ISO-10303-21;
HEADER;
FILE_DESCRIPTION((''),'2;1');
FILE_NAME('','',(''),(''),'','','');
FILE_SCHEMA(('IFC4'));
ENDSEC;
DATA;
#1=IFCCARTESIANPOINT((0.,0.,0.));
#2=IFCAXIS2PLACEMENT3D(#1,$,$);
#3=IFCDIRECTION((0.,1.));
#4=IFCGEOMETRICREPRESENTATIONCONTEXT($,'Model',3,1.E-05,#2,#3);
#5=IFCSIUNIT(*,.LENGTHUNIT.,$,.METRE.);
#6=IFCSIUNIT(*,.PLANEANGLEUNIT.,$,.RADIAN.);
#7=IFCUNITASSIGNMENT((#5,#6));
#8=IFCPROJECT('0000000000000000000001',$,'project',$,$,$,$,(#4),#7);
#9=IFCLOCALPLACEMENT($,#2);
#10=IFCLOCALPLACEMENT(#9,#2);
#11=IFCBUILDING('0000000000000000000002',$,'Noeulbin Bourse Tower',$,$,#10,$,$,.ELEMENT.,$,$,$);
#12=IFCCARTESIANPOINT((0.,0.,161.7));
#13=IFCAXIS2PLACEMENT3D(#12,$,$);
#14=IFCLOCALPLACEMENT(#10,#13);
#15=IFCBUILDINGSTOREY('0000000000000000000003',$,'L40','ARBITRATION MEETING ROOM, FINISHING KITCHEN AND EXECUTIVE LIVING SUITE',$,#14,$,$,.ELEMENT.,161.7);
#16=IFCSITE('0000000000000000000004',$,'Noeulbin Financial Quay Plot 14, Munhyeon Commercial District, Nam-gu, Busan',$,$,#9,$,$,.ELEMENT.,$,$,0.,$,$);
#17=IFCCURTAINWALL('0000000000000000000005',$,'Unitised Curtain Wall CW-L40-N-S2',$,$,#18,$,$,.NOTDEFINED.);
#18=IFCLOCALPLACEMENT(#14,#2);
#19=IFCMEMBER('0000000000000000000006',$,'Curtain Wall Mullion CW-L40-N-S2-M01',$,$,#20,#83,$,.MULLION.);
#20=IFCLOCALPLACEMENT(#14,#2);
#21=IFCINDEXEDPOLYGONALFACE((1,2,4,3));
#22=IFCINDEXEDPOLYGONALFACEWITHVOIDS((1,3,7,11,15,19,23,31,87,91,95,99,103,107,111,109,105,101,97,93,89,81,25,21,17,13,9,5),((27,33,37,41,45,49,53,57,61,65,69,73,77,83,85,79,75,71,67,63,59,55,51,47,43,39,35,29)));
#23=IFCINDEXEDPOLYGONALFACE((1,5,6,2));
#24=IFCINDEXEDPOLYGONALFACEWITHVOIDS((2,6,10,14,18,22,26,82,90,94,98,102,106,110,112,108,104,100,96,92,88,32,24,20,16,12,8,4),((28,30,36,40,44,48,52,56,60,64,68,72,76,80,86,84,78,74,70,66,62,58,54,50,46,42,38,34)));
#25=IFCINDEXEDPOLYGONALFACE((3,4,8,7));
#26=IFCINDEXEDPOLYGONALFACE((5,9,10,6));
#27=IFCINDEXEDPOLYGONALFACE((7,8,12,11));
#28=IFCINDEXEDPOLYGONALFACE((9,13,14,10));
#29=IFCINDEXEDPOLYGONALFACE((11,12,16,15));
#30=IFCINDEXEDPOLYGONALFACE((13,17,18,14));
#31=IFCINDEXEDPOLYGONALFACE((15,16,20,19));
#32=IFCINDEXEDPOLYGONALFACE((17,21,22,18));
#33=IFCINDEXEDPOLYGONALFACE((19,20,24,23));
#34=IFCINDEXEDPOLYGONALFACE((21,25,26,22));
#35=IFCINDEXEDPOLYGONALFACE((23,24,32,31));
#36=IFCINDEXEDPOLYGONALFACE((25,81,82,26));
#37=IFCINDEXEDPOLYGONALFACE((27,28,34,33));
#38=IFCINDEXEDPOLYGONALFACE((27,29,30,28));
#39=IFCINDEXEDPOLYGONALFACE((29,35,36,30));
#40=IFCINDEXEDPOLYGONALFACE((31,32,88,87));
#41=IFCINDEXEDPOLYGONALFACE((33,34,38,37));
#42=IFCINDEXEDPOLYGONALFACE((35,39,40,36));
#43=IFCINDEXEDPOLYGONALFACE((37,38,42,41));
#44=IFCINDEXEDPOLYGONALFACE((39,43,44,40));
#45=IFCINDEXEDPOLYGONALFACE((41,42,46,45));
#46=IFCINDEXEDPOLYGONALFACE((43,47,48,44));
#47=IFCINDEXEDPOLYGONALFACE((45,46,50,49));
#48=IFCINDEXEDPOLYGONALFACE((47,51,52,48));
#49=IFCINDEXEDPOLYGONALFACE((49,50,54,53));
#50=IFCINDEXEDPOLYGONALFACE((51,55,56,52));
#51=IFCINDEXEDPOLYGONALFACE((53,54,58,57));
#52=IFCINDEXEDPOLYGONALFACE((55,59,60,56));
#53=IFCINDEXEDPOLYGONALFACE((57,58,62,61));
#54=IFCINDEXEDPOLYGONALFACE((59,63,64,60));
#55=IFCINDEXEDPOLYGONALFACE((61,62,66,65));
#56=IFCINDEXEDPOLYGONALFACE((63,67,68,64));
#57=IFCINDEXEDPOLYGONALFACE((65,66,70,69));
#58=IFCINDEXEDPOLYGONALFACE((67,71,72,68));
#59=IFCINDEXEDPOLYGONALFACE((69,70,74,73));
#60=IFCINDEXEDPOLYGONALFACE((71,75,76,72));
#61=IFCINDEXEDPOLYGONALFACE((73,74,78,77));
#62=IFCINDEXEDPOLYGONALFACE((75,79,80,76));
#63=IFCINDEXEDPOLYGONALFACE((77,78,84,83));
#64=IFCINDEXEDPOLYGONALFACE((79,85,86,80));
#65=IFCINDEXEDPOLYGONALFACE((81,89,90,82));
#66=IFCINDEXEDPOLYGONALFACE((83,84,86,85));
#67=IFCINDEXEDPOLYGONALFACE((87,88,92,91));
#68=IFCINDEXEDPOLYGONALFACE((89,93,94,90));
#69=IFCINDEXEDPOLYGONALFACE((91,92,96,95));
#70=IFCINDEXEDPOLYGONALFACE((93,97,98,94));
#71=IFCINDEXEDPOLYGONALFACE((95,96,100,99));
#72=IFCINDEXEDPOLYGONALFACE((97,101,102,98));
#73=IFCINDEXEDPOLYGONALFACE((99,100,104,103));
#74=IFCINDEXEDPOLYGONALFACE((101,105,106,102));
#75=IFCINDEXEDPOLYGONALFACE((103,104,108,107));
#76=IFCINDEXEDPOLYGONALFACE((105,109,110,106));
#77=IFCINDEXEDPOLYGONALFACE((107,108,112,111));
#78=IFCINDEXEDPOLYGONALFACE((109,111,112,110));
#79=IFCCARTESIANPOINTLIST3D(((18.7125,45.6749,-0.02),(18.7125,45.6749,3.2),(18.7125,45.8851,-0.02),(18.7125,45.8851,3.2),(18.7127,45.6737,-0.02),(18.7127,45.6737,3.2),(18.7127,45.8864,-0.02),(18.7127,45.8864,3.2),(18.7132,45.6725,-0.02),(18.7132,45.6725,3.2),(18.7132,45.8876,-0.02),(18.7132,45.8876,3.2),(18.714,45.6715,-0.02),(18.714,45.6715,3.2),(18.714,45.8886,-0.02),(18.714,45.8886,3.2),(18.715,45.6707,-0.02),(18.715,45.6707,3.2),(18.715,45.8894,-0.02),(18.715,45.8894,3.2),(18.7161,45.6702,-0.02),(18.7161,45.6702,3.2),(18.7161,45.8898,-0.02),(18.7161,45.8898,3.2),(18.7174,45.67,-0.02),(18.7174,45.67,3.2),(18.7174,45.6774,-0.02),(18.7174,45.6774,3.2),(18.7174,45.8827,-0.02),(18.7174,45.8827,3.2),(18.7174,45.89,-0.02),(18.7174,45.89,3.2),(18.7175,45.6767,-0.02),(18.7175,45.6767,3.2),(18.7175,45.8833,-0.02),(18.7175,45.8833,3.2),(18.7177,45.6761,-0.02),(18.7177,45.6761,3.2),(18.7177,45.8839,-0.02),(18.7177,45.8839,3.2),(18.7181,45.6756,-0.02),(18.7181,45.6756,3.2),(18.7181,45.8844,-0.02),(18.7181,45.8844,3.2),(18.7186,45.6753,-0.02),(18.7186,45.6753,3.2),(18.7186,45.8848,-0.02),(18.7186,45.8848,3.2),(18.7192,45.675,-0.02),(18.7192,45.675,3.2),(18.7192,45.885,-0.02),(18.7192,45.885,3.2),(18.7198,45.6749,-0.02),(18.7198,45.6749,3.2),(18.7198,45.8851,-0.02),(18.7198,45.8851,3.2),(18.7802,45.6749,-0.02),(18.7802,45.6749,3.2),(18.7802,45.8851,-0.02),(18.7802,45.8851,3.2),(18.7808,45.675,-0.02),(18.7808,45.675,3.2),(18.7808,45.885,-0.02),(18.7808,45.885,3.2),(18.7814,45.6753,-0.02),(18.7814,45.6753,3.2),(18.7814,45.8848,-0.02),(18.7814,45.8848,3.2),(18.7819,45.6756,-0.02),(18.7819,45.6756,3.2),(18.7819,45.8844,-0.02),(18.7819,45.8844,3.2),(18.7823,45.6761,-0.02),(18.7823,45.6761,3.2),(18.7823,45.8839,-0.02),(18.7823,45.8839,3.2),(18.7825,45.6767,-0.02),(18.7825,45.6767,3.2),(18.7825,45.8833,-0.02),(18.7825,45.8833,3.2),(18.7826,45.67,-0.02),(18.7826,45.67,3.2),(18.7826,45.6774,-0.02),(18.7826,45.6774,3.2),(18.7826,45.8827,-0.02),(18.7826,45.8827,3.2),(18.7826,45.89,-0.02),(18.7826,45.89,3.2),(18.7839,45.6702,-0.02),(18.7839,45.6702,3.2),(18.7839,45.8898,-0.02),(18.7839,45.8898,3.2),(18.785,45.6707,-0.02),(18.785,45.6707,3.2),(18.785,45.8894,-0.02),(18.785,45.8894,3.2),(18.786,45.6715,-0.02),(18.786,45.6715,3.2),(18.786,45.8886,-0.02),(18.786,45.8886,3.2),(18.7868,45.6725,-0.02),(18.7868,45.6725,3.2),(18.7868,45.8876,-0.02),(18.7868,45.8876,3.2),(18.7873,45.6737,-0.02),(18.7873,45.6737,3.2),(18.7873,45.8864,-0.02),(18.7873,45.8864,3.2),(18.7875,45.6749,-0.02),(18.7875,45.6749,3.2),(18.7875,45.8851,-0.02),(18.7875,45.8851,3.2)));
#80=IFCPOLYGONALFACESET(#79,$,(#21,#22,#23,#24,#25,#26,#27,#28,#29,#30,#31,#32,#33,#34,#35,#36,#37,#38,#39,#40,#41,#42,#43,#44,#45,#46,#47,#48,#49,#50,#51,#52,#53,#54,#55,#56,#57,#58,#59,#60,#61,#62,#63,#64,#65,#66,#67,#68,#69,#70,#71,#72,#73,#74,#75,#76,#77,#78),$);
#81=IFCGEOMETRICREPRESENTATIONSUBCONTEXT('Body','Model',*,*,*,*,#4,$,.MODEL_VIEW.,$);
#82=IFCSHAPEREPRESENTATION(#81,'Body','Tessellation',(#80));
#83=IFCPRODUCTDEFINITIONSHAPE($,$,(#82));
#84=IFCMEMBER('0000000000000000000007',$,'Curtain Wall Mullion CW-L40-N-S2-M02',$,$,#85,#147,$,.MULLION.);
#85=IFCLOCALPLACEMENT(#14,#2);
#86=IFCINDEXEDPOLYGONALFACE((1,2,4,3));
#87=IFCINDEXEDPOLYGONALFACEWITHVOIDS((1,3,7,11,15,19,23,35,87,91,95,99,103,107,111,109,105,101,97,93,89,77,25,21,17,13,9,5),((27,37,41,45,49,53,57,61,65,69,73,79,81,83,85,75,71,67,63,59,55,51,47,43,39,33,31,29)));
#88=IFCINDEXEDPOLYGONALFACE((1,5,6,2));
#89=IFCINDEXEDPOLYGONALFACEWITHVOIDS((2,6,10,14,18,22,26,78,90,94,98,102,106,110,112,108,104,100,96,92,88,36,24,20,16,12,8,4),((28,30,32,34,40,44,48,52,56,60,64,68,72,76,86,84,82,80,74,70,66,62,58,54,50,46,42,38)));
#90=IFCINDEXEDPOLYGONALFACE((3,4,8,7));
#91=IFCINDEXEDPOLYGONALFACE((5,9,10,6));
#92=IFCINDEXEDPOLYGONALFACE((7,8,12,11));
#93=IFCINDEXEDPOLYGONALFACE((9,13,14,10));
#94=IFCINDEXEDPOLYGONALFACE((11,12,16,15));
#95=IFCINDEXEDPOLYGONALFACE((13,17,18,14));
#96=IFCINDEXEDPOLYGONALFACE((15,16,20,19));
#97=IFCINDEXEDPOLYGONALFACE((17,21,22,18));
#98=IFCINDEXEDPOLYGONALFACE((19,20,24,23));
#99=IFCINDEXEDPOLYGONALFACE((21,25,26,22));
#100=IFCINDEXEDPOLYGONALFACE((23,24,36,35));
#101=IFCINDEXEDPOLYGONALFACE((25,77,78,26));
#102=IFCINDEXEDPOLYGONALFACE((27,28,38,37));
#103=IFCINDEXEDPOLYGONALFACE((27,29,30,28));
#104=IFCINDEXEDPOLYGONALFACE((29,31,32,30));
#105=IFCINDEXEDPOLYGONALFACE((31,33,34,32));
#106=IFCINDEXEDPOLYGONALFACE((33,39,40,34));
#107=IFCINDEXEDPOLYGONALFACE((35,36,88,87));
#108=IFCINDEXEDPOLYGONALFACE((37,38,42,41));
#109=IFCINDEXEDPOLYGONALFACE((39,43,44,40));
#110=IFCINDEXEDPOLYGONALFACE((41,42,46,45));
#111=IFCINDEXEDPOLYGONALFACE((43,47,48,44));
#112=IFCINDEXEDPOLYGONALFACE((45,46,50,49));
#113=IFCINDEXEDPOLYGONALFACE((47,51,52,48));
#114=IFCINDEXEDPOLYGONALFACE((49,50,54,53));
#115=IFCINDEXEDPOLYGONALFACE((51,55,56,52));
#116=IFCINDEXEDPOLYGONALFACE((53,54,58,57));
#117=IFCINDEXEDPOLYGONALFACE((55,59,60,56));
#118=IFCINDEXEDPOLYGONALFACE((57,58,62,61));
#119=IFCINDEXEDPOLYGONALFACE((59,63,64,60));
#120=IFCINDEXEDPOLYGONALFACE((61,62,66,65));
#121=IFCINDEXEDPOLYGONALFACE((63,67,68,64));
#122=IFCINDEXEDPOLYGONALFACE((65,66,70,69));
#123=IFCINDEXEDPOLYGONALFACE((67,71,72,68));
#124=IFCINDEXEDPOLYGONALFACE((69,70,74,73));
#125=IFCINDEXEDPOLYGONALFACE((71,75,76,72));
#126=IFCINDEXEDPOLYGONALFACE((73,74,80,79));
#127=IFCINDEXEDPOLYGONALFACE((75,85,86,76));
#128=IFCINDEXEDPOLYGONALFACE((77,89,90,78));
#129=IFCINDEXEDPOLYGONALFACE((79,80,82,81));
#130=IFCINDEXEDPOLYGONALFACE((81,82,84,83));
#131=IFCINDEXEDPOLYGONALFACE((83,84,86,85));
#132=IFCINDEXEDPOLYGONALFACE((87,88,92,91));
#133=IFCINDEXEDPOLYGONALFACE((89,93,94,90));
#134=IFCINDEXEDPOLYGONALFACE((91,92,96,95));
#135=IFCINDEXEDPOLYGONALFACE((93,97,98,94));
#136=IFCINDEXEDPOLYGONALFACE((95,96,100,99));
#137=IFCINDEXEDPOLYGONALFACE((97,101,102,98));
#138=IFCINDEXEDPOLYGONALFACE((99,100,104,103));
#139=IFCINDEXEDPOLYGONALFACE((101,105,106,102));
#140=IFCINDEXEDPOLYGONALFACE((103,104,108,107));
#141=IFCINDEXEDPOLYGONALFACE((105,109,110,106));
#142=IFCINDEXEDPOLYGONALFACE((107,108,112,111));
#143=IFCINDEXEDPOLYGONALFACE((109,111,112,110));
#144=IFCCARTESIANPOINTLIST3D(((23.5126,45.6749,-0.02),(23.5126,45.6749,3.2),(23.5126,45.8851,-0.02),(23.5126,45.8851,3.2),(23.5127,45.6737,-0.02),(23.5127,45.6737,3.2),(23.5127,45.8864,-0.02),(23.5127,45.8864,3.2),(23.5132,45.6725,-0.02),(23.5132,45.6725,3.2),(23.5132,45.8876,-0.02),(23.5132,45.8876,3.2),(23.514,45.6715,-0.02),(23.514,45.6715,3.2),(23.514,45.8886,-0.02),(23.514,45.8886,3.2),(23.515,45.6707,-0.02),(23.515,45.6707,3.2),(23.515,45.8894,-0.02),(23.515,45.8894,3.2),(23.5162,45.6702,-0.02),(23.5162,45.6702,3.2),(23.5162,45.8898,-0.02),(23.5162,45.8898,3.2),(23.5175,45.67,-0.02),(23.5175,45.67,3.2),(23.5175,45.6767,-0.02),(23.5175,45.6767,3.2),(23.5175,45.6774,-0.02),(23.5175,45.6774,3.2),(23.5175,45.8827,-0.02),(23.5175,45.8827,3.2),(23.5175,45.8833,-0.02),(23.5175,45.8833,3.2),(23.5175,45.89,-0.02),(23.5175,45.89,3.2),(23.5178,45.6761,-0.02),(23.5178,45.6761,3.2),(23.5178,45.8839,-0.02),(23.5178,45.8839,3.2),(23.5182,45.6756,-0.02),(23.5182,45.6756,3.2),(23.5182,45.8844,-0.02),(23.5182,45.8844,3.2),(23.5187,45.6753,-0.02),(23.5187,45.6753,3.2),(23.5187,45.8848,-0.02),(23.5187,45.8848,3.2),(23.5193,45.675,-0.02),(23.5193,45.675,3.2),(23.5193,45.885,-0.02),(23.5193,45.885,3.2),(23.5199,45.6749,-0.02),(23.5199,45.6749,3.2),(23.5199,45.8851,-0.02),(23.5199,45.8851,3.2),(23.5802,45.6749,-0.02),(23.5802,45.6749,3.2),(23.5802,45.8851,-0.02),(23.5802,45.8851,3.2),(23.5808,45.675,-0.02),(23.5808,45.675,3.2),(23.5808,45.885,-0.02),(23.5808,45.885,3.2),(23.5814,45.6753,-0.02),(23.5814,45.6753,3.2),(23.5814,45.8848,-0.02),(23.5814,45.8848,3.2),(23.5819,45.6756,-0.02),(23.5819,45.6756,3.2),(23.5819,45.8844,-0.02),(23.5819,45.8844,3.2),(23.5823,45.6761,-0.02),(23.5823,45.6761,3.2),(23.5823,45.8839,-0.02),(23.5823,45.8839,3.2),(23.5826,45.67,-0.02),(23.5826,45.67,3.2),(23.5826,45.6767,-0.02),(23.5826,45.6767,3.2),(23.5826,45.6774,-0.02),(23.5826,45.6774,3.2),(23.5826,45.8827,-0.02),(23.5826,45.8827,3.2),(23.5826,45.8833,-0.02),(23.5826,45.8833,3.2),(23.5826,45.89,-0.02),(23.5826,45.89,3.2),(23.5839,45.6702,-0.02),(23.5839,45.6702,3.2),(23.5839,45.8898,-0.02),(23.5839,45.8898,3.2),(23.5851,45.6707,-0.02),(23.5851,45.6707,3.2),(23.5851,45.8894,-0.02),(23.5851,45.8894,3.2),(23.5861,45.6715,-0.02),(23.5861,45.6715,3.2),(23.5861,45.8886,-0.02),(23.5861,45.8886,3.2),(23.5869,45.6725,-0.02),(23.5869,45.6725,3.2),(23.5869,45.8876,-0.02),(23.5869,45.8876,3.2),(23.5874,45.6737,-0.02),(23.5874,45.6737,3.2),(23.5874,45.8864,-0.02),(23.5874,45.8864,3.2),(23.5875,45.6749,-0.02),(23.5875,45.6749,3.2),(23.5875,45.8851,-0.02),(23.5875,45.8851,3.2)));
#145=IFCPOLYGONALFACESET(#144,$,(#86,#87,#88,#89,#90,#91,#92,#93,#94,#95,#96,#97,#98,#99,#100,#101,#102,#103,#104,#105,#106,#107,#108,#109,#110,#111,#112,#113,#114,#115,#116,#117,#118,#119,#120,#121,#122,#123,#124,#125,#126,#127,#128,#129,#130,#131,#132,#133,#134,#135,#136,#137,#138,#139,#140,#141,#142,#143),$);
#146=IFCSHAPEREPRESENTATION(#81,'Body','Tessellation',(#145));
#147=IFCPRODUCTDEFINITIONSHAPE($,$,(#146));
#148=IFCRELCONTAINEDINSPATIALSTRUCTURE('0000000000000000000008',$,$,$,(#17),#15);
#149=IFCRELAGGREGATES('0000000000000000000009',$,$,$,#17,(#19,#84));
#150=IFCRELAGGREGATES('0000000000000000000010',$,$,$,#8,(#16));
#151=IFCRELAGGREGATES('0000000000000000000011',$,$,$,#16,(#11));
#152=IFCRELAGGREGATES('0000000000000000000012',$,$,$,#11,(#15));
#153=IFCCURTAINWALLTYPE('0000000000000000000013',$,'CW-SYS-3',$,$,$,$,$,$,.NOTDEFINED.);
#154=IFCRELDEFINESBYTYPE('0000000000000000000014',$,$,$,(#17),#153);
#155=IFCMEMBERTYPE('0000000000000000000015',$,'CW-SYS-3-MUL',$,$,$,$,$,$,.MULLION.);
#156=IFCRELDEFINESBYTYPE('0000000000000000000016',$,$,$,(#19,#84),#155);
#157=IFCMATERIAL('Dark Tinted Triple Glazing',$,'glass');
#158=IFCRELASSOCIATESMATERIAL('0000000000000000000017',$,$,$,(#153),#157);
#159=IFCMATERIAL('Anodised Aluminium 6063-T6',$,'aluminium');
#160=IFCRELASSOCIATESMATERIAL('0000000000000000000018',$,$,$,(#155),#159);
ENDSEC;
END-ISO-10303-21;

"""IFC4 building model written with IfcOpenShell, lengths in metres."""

from ifc_helpers import new_model, si_unit, direction, frame, origin, origin_2d, place, context, subcontext, project, spatial, hollow_rectangle, extrude, material, material_profile, profile_set, type_object, element, aggregate, save


model = new_model("IFC4")

# Units and contexts
model_context = context("Model", 3, precision=1e-05, world=origin(), true_north=direction((0.0, 1.0)))
body_context = subcontext(model_context, "Body", "Model", "MODEL_VIEW")
ifc_project = project(units=[si_unit("LENGTHUNIT", "METRE"), si_unit("PLANEANGLEUNIT", "RADIAN")], contexts=[model_context])

# Site, building, storey
site_placement = place(None, origin())
site = spatial("IfcSite", under=ifc_project, at=site_placement, Name="Noeulbin Financial Quay Plot 14, Munhyeon Commercial District, Nam-gu, Busan", CompositionType="ELEMENT", RefElevation=0.0)
building_placement = place(site_placement, origin())
building = spatial("IfcBuilding", under=site, at=building_placement, Name="Noeulbin Bourse Tower", CompositionType="ELEMENT")
storey_placement = place(building_placement, frame((0.0, 0.0, 161.7)))
storey = spatial("IfcBuildingStorey", under=building, at=storey_placement, Name="L40", Description="ARBITRATION MEETING ROOM, FINISHING KITCHEN AND EXECUTIVE LIVING SUITE", CompositionType="ELEMENT", Elevation=161.7)

# Curtain wall, members
ifc_material_1 = material(Name="Dark Tinted Triple Glazing", Category="glass")
curtain_wall_type = type_object("IfcCurtainWallType", Name="CW-SYS-3", PredefinedType="NOTDEFINED", material=ifc_material_1)
curtain_wall_1_placement = place(storey_placement, origin())
curtain_wall_1 = element("IfcCurtainWall", 1, at=curtain_wall_1_placement, inside=storey, type_object=curtain_wall_type, Name="Unitised Curtain Wall CW-L40-N-S2", PredefinedType="NOTDEFINED")
ifc_material_2 = material(Name="Anodised Aluminium 6063-T6", Category="aluminium")
ifc_material_profile_1 = material_profile(ifc_material_2, hollow_rectangle(XDim=0.075, YDim=0.22, WallThickness=0.0049, InnerFilletRadius=0.0024, OuterFilletRadius=0.0049, at=origin_2d()), Name="ALU-MULL-75x220x5", Category="LoadBearing")
ifc_profile_set_1 = profile_set([ifc_material_profile_1], Name="Anodised Aluminium 6063-T6")
member_type_1 = type_object("IfcMemberType", Name="CW-SYS-3-MUL", PredefinedType="MULLION", material=ifc_profile_set_1)
member_1_placement = place(storey_placement, frame((18.75, 45.78, -0.02), z_axis=(0.0, 0.0, 1.0), x_axis=(1.0, 0.0, 0.0)))
member_1 = element("IfcMember", 2, at=member_1_placement, type_object=member_type_1, Name="Curtain Wall Mullion CW-L40-N-S2-M01", PredefinedType="MULLION", context=body_context, shape_type="SweptSolid", body=[
    extrude(hollow_rectangle(XDim=0.075, YDim=0.22, WallThickness=0.0049, InnerFilletRadius=0.0024, OuterFilletRadius=0.0049, at=origin_2d()), origin(), (0.0, 0.0, 1.0), 3.22),
])
member_2_placement = place(storey_placement, frame((23.55, 45.78, -0.02), z_axis=(0.0, 0.0, 1.0), x_axis=(1.0, 0.0, 0.0)))
member_2 = element("IfcMember", 3, at=member_2_placement, type_object=member_type_1, Name="Curtain Wall Mullion CW-L40-N-S2-M02", PredefinedType="MULLION", context=body_context, shape_type="SweptSolid", body=[
    extrude(hollow_rectangle(XDim=0.075, YDim=0.22, WallThickness=0.0049, InnerFilletRadius=0.0024, OuterFilletRadius=0.0049, at=origin_2d()), origin(), (0.0, 0.0, 1.0), 3.22),
])

aggregate(curtain_wall_1, [member_1, member_2])

save(model, "model.ifc")
